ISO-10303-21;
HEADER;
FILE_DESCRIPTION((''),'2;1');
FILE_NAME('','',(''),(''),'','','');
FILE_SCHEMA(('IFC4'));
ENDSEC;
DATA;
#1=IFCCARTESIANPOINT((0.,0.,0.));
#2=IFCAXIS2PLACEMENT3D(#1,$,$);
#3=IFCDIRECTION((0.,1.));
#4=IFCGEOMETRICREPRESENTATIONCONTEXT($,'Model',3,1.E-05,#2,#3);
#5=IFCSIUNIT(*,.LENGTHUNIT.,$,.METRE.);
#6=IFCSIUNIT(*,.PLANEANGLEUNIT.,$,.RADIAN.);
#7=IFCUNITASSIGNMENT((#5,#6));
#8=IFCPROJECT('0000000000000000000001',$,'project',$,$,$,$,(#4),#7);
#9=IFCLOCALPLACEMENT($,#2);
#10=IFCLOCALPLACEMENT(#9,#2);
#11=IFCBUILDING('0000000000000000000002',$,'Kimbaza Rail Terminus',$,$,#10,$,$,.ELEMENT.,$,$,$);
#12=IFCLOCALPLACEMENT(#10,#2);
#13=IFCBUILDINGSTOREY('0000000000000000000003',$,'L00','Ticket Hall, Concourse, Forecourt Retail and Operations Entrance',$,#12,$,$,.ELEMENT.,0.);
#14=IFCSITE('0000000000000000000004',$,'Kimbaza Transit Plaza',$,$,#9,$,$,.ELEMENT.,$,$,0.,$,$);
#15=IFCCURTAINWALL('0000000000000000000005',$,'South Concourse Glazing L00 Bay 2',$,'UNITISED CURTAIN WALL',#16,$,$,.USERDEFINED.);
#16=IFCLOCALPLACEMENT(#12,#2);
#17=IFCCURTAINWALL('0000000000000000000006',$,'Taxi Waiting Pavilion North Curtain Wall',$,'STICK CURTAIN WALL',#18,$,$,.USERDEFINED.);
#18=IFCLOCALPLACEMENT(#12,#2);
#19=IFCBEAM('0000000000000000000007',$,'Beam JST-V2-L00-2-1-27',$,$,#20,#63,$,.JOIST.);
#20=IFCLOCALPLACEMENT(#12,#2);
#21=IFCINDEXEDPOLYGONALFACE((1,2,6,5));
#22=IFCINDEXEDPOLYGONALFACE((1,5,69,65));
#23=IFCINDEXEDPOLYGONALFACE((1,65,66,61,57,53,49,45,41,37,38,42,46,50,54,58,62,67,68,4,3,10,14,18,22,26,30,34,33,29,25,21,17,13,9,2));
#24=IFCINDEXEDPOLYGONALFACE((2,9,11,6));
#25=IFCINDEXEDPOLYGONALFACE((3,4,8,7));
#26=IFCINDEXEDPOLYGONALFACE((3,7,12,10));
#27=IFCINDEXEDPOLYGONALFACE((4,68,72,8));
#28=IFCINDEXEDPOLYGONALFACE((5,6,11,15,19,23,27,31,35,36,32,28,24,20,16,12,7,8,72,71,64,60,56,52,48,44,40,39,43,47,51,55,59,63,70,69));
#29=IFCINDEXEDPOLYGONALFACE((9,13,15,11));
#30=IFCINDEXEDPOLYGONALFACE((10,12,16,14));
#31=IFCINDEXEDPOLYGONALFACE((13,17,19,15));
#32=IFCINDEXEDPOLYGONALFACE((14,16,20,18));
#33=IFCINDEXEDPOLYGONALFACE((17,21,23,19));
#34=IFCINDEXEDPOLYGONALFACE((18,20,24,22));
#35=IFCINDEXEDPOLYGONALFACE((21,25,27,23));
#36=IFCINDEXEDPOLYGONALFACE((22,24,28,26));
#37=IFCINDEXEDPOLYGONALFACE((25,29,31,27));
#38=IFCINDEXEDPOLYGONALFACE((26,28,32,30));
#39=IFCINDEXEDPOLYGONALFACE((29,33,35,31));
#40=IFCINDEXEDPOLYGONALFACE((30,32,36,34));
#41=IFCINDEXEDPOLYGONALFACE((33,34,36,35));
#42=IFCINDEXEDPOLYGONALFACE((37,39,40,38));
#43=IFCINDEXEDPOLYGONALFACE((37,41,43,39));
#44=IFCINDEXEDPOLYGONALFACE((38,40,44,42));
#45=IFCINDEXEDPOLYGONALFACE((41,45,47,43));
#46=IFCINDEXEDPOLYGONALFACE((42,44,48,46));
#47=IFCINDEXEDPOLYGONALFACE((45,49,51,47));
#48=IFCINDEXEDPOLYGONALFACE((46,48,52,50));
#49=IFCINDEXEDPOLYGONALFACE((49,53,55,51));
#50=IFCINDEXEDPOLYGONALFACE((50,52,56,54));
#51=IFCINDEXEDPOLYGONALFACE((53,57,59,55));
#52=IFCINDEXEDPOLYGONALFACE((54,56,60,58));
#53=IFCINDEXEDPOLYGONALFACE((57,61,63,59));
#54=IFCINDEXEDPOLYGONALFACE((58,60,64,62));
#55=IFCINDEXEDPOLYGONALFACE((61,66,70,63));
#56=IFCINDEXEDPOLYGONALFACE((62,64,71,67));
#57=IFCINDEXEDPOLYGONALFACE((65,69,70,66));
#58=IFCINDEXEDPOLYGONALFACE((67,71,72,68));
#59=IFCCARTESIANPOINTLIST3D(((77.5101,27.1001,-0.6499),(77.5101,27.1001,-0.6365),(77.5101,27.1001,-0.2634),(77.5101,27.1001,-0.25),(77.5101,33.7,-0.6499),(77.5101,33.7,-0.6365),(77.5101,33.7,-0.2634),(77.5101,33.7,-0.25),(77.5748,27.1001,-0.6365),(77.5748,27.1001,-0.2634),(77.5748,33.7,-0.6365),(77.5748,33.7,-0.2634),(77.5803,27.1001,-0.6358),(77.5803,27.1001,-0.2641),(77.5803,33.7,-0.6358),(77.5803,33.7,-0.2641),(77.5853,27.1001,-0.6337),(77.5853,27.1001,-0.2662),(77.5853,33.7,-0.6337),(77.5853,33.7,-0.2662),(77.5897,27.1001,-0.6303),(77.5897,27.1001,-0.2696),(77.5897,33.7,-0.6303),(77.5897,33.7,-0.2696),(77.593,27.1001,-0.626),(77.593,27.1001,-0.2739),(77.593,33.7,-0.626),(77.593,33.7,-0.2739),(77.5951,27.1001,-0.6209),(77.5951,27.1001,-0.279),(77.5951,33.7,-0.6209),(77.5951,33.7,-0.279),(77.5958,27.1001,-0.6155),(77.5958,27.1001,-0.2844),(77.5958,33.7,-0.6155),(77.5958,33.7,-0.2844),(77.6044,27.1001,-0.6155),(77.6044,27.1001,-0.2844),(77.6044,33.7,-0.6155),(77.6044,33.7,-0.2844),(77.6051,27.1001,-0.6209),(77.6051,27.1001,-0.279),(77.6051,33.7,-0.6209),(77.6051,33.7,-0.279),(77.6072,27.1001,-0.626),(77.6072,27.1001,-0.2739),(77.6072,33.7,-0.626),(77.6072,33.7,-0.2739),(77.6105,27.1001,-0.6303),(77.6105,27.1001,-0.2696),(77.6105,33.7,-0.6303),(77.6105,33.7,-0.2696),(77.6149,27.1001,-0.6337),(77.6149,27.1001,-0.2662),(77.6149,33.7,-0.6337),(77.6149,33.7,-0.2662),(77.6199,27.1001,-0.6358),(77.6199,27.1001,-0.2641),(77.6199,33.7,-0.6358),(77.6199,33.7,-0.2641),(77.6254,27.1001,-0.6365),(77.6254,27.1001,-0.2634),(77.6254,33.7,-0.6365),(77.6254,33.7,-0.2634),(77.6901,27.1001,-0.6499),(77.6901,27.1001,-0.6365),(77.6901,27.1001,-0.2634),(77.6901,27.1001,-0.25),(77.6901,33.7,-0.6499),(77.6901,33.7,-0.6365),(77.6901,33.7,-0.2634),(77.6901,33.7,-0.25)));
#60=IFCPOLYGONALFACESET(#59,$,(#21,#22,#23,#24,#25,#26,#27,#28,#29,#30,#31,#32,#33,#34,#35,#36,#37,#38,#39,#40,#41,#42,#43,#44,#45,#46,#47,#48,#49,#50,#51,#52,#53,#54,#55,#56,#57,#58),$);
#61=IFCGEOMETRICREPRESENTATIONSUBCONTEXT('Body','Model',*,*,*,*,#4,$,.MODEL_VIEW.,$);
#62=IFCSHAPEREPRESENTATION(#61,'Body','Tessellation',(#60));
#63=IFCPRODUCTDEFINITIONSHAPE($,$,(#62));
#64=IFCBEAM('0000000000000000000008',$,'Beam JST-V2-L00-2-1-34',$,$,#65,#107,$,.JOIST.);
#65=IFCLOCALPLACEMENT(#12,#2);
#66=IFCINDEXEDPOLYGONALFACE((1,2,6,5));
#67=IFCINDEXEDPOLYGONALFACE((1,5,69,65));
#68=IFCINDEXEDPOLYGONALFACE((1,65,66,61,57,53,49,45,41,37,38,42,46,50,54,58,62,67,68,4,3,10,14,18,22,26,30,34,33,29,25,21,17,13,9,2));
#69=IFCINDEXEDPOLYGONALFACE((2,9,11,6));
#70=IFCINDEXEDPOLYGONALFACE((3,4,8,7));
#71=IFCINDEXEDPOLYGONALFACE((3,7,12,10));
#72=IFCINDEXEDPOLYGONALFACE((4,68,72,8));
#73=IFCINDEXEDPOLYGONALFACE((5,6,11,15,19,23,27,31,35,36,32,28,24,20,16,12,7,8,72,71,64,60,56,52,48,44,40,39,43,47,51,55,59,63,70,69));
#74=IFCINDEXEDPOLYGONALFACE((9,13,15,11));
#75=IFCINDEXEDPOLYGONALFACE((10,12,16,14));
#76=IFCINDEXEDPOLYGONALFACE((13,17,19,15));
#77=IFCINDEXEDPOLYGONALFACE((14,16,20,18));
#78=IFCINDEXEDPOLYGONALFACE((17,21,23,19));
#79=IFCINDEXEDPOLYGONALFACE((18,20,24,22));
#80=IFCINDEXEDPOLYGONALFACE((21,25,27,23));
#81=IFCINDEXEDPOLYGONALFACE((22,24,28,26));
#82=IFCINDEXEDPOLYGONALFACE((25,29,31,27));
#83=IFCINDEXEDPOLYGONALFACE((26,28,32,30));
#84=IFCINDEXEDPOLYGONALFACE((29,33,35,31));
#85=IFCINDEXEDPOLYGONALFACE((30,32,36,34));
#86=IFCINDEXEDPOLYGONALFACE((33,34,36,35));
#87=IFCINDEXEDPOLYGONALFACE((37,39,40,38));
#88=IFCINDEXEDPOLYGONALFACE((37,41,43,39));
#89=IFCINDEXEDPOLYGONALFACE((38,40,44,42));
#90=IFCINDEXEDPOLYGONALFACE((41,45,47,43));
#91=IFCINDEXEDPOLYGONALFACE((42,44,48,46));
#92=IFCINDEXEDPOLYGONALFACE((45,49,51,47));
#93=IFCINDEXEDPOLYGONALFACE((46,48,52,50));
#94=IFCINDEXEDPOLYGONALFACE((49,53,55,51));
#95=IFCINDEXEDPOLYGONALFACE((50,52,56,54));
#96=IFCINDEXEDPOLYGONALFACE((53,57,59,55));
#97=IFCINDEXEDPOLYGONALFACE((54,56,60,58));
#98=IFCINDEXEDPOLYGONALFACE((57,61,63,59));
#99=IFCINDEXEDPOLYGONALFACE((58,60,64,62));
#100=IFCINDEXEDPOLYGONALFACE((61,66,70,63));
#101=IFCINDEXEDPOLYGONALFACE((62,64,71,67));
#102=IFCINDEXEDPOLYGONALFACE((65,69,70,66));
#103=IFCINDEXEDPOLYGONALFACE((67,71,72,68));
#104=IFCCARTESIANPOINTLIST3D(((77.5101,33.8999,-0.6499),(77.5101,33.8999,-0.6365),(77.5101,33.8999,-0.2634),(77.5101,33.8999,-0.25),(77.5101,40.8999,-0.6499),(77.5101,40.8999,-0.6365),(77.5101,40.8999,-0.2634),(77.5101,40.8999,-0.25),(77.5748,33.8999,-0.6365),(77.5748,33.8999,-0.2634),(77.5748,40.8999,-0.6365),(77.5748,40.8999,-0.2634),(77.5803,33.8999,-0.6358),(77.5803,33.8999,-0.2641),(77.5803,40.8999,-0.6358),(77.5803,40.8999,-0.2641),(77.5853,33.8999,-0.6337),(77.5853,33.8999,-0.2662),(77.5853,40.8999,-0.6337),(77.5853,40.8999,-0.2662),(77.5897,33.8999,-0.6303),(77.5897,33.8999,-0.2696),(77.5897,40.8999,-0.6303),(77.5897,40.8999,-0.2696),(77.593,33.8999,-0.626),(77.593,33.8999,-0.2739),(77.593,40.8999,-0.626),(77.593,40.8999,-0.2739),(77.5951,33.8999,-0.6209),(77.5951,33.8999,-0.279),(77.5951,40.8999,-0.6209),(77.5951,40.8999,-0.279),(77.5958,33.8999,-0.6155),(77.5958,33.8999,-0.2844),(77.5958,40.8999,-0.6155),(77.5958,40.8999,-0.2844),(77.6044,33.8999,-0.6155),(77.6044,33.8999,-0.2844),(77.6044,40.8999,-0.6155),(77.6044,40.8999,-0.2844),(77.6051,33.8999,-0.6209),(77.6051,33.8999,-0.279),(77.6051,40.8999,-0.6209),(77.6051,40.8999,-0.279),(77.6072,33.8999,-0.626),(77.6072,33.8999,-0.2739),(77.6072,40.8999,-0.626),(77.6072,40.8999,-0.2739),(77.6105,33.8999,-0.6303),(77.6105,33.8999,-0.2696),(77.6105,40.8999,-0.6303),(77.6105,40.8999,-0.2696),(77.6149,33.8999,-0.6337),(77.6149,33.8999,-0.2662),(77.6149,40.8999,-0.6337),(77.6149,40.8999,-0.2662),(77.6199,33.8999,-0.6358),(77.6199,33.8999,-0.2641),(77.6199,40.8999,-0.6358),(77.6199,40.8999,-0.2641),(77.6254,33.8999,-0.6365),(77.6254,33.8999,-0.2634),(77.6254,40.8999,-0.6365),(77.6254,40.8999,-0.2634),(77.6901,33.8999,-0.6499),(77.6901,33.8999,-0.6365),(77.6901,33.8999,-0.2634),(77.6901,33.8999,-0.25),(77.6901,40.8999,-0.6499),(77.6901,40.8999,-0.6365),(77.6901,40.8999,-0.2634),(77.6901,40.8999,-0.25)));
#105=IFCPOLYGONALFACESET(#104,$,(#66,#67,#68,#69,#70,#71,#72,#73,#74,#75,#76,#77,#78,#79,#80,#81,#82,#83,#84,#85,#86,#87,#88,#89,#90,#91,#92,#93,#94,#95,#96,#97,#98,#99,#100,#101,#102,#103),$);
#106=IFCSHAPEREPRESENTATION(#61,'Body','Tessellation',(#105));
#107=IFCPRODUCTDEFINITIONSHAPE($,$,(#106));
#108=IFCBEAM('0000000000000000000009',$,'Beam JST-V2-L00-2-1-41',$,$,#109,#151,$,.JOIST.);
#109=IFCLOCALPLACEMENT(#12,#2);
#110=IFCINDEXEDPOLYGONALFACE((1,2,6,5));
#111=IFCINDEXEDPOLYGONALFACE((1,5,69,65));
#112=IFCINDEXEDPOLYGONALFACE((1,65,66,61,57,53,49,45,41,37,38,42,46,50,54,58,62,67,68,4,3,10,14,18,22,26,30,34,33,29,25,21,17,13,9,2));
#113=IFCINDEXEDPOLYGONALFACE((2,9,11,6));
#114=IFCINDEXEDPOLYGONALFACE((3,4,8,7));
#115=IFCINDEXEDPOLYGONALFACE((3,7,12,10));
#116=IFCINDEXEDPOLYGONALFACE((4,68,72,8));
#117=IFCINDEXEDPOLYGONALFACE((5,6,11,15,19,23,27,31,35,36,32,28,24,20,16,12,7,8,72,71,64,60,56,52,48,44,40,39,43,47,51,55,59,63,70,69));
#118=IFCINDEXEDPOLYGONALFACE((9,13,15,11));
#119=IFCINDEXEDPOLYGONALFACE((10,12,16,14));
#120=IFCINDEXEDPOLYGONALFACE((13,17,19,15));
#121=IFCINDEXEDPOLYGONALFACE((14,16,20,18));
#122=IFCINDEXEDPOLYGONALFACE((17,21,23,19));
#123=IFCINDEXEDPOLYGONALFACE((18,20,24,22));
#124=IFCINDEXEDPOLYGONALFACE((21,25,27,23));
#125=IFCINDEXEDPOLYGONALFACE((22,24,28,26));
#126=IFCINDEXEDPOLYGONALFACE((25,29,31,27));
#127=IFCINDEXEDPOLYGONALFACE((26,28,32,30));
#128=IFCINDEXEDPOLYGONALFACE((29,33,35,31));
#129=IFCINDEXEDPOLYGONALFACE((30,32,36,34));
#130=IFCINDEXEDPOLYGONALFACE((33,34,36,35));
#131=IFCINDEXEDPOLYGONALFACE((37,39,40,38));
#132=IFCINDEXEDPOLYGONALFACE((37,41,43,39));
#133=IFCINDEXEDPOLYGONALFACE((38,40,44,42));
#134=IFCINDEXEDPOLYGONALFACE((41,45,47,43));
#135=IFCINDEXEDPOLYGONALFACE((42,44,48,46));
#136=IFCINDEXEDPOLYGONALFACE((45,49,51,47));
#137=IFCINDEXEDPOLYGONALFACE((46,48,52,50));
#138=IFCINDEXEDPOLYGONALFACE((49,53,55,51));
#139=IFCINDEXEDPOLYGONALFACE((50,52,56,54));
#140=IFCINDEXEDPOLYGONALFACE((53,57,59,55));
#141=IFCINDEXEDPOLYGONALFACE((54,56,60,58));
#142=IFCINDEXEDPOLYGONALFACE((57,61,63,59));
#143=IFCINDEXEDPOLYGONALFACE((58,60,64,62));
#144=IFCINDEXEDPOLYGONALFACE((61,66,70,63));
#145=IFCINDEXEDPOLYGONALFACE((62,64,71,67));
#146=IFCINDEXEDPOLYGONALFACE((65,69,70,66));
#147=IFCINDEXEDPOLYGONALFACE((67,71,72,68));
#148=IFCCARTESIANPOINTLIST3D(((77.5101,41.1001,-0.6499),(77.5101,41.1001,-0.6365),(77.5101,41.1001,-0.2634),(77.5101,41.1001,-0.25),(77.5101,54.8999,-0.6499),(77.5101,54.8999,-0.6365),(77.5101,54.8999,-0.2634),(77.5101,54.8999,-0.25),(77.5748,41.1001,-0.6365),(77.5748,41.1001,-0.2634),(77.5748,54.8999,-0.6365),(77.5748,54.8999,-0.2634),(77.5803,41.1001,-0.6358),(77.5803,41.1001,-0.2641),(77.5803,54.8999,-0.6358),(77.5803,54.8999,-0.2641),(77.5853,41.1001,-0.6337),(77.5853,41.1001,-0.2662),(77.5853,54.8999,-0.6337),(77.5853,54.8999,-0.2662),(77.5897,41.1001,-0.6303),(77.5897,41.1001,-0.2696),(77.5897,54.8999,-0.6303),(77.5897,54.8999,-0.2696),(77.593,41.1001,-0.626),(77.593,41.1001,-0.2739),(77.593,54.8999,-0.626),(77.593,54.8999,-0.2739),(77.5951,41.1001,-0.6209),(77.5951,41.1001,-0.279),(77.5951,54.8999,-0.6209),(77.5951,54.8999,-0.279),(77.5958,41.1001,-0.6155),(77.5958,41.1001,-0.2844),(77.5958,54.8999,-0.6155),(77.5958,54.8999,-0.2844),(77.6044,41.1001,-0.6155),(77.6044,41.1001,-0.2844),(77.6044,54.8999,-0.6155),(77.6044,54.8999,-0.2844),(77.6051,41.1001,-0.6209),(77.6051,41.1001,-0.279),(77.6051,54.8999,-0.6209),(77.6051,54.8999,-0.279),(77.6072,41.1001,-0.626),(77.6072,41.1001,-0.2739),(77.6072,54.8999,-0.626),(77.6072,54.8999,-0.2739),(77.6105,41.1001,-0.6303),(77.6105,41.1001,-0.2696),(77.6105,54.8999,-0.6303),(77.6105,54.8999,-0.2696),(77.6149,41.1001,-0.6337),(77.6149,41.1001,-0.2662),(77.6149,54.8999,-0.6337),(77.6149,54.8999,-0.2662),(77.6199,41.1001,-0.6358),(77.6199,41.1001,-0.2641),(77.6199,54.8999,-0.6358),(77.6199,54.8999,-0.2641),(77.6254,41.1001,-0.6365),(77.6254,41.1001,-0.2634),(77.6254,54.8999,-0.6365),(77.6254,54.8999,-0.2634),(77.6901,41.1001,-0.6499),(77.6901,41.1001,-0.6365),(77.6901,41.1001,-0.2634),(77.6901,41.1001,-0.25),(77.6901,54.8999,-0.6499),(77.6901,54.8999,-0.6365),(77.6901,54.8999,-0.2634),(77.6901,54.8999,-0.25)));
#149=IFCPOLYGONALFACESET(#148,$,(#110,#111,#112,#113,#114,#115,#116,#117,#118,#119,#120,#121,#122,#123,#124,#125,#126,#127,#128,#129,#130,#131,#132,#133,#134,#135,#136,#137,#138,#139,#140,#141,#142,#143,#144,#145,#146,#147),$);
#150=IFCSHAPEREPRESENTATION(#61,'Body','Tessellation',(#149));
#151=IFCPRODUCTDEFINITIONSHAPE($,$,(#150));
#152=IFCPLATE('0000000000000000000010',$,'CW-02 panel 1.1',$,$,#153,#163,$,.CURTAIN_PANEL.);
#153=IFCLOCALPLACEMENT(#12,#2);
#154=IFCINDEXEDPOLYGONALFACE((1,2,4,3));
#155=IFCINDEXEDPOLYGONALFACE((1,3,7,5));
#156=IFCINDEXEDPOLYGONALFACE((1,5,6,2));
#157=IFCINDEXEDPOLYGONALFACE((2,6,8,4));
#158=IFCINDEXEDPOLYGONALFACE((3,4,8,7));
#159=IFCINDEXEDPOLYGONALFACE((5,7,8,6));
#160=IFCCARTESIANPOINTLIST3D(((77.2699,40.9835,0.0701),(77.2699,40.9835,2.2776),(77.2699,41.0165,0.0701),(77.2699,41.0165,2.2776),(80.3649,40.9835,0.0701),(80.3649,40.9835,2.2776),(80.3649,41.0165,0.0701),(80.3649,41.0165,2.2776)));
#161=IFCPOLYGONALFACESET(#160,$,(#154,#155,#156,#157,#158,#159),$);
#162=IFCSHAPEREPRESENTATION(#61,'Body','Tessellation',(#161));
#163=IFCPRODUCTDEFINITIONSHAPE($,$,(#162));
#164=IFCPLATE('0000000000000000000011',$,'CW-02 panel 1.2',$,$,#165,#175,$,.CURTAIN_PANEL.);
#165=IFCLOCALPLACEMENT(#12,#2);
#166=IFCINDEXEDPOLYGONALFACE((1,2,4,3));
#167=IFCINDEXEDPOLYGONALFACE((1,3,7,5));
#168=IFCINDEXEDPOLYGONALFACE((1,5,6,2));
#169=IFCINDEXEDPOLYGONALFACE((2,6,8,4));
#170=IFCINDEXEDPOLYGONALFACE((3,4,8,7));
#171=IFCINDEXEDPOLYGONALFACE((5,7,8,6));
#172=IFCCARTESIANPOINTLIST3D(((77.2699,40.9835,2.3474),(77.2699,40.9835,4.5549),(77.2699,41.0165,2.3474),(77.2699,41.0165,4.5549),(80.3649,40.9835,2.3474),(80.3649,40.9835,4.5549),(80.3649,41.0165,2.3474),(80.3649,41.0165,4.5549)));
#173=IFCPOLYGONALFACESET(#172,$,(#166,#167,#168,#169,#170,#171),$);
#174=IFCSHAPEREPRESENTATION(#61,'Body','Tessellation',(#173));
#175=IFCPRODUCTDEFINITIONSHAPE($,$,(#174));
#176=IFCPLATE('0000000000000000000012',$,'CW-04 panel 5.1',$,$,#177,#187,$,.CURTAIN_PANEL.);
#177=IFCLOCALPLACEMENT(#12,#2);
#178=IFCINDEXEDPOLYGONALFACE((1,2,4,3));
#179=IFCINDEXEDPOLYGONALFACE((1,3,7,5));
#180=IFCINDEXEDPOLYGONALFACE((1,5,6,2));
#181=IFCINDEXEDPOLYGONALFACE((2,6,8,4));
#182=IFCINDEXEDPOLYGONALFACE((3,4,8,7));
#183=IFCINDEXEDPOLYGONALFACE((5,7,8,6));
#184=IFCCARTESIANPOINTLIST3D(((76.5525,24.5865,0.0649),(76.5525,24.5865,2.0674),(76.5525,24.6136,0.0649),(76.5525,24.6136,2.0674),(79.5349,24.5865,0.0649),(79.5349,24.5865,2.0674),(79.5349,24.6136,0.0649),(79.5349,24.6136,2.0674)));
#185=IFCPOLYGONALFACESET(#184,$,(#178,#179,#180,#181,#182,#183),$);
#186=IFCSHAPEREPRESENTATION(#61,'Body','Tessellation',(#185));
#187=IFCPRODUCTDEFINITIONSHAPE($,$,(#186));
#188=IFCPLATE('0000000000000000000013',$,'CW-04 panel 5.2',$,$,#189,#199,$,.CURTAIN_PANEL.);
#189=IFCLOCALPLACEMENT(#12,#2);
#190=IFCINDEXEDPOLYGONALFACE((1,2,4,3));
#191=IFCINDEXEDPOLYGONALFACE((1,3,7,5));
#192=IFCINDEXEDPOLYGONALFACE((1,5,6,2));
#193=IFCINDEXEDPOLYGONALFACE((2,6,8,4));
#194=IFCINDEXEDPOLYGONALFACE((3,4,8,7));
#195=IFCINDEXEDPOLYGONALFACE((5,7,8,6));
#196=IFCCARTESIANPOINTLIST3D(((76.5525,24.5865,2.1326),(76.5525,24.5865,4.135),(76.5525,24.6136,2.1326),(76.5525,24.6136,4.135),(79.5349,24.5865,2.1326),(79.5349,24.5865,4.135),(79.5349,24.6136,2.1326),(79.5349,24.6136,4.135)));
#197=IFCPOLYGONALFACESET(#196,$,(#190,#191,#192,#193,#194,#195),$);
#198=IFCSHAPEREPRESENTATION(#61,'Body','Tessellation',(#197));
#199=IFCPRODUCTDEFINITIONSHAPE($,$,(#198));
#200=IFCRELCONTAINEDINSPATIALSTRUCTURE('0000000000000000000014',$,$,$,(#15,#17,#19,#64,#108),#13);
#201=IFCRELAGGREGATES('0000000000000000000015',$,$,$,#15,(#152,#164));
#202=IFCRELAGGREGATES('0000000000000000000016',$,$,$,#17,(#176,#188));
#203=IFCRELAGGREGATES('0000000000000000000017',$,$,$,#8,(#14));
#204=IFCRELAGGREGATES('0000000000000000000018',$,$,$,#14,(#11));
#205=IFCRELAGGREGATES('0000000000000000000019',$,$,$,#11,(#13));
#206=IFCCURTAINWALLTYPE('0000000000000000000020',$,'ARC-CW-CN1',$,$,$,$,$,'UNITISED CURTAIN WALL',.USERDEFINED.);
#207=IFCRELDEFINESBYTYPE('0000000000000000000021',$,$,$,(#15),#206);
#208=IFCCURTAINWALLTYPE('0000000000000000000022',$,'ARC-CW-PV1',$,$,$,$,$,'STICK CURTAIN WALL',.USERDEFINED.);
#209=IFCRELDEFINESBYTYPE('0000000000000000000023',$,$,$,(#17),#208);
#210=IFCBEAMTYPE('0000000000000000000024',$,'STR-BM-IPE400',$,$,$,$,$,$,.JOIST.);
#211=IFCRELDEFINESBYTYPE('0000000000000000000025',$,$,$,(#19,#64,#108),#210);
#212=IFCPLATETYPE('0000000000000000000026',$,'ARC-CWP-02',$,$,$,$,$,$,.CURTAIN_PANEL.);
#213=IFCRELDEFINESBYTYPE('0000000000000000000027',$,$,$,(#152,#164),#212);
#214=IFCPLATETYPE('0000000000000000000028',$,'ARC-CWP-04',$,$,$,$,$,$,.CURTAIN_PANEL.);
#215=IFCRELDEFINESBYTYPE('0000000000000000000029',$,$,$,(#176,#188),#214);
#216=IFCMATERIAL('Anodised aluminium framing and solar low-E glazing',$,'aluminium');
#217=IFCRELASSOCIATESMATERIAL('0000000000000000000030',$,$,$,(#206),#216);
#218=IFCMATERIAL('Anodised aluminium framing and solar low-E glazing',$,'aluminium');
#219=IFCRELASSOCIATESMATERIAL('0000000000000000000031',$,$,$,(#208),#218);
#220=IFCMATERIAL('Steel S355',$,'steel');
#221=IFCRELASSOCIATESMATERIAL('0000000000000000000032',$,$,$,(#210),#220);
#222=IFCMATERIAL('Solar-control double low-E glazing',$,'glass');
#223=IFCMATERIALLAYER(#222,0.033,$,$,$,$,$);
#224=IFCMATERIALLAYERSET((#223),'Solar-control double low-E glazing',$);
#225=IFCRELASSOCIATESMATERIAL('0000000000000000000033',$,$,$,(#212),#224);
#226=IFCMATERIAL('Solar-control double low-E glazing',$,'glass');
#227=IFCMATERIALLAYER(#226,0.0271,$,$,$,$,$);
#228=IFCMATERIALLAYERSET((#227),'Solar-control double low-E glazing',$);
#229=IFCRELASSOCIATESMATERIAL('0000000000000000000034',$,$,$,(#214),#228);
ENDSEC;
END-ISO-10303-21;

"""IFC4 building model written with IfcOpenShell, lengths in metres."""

from ifc_helpers import new_model, si_unit, direction, frame, origin, origin_2d, place, context, subcontext, project, spatial, rectangle, i_section, extrude, material, layer, layer_set, material_profile, profile_set, type_object, element, aggregate, save


model = new_model("IFC4")

# Units and contexts
model_context = context("Model", 3, precision=1e-05, world=origin(), true_north=direction((0.0, 1.0)))
body_context = subcontext(model_context, "Body", "Model", "MODEL_VIEW")
ifc_project = project(units=[si_unit("LENGTHUNIT", "METRE"), si_unit("PLANEANGLEUNIT", "RADIAN")], contexts=[model_context])

# Site, building, storey
site_placement = place(None, origin())
site = spatial("IfcSite", under=ifc_project, at=site_placement, Name="Kimbaza Transit Plaza", CompositionType="ELEMENT", RefElevation=0.0)
building_placement = place(site_placement, origin())
building = spatial("IfcBuilding", under=site, at=building_placement, Name="Kimbaza Rail Terminus", CompositionType="ELEMENT")
storey_placement = place(building_placement, origin())
storey = spatial("IfcBuildingStorey", under=building, at=storey_placement, Name="L00", Description="Ticket Hall, Concourse, Forecourt Retail and Operations Entrance", CompositionType="ELEMENT", Elevation=0.0)

# Curtain walls
ifc_material_1 = material(Name="Anodised aluminium framing and solar low-E glazing", Category="aluminium")
curtain_wall_type_1 = type_object("IfcCurtainWallType", Name="ARC-CW-CN1", ElementType="UNITISED CURTAIN WALL", PredefinedType="USERDEFINED", material=ifc_material_1)
curtain_wall_1_placement = place(storey_placement, origin())
curtain_wall_1 = element("IfcCurtainWall", 1, at=curtain_wall_1_placement, inside=storey, type_object=curtain_wall_type_1, Name="South Concourse Glazing L00 Bay 2", ObjectType="UNITISED CURTAIN WALL", PredefinedType="USERDEFINED")
ifc_material_2 = material(Name="Anodised aluminium framing and solar low-E glazing", Category="aluminium")
curtain_wall_type_2 = type_object("IfcCurtainWallType", Name="ARC-CW-PV1", ElementType="STICK CURTAIN WALL", PredefinedType="USERDEFINED", material=ifc_material_2)
curtain_wall_2_placement = place(storey_placement, origin())
curtain_wall_2 = element("IfcCurtainWall", 2, at=curtain_wall_2_placement, inside=storey, type_object=curtain_wall_type_2, Name="Taxi Waiting Pavilion North Curtain Wall", ObjectType="STICK CURTAIN WALL", PredefinedType="USERDEFINED")

# Beams
ifc_material_3 = material(Name="Steel S355", Category="steel")
ifc_material_profile_1 = material_profile(ifc_material_3, i_section(OverallWidth=0.1799, OverallDepth=0.3999, WebThickness=0.0085, FlangeThickness=0.0134, FilletRadius=0.021, at=origin_2d()), Name="IPE 400")
ifc_profile_set_1 = profile_set([ifc_material_profile_1], Name="Steel S355")
beam_type_1 = type_object("IfcBeamType", Name="STR-BM-IPE400", PredefinedType="JOIST", material=ifc_profile_set_1)
beam_1_placement = place(storey_placement, frame((77.6001, 27.1001, -0.45), z_axis=(0.0, 1.0, 0.0), x_axis=(-1.0, 0.0, 0.0)))
element("IfcBeam", 3, at=beam_1_placement, inside=storey, type_object=beam_type_1, Name="Beam JST-V2-L00-2-1-27", PredefinedType="JOIST", context=body_context, shape_type="SweptSolid", body=[
    extrude(i_section(OverallWidth=0.1799, OverallDepth=0.3999, WebThickness=0.0085, FlangeThickness=0.0134, FilletRadius=0.021, at=origin_2d()), origin(), (0.0, 0.0, 1.0), 6.5999),
])
beam_2_placement = place(storey_placement, frame((77.6001, 33.8999, -0.45), z_axis=(0.0, 1.0, 0.0), x_axis=(-1.0, 0.0, 0.0)))
element("IfcBeam", 4, at=beam_2_placement, inside=storey, type_object=beam_type_1, Name="Beam JST-V2-L00-2-1-34", PredefinedType="JOIST", context=body_context, shape_type="SweptSolid", body=[
    extrude(i_section(OverallWidth=0.1799, OverallDepth=0.3999, WebThickness=0.0085, FlangeThickness=0.0134, FilletRadius=0.021, at=origin_2d()), origin(), (0.0, 0.0, 1.0), 7.0),
])
beam_3_placement = place(storey_placement, frame((77.6001, 41.1001, -0.45), z_axis=(0.0, 1.0, 0.0), x_axis=(-1.0, 0.0, 0.0)))
element("IfcBeam", 5, at=beam_3_placement, inside=storey, type_object=beam_type_1, Name="Beam JST-V2-L00-2-1-41", PredefinedType="JOIST", context=body_context, shape_type="SweptSolid", body=[
    extrude(i_section(OverallWidth=0.1799, OverallDepth=0.3999, WebThickness=0.0085, FlangeThickness=0.0134, FilletRadius=0.021, at=origin_2d()), origin(), (0.0, 0.0, 1.0), 13.7998),
])

# Plates
ifc_material_4 = material(Name="Solar-control double low-E glazing", Category="glass")
ifc_layer_1 = layer(ifc_material_4, 0.033)
ifc_layer_set_1 = layer_set([ifc_layer_1], Name="Solar-control double low-E glazing")
plate_type_1 = type_object("IfcPlateType", Name="ARC-CWP-02", PredefinedType="CURTAIN_PANEL", material=ifc_layer_set_1)
plate_1_placement = place(storey_placement, frame((78.8174, 41.0, 0.0701), z_axis=(0.0, 0.0, 1.0), x_axis=(1.0, 0.0, 0.0)))
plate_1 = element("IfcPlate", 6, at=plate_1_placement, type_object=plate_type_1, Name="CW-02 panel 1.1", PredefinedType="CURTAIN_PANEL", context=body_context, shape_type="SweptSolid", body=[
    extrude(rectangle(XDim=3.095, YDim=0.033, at=origin_2d()), origin(), (0.0, 0.0, 1.0), 2.2075),
])
plate_2_placement = place(storey_placement, frame((78.8174, 41.0, 2.3474), z_axis=(0.0, 0.0, 1.0), x_axis=(1.0, 0.0, 0.0)))
plate_2 = element("IfcPlate", 7, at=plate_2_placement, type_object=plate_type_1, Name="CW-02 panel 1.2", PredefinedType="CURTAIN_PANEL", context=body_context, shape_type="SweptSolid", body=[
    extrude(rectangle(XDim=3.095, YDim=0.033, at=origin_2d()), origin(), (0.0, 0.0, 1.0), 2.2075),
])
aggregate(curtain_wall_1, [plate_1, plate_2])
ifc_material_5 = material(Name="Solar-control double low-E glazing", Category="glass")
ifc_layer_2 = layer(ifc_material_5, 0.0271)
ifc_layer_set_2 = layer_set([ifc_layer_2], Name="Solar-control double low-E glazing")
plate_type_2 = type_object("IfcPlateType", Name="ARC-CWP-04", PredefinedType="CURTAIN_PANEL", material=ifc_layer_set_2)
plate_3_placement = place(storey_placement, frame((78.0437, 24.6001, 0.0649), z_axis=(0.0, 0.0, 1.0), x_axis=(1.0, 0.0, 0.0)))
plate_3 = element("IfcPlate", 8, at=plate_3_placement, type_object=plate_type_2, Name="CW-04 panel 5.1", PredefinedType="CURTAIN_PANEL", context=body_context, shape_type="SweptSolid", body=[
    extrude(rectangle(XDim=2.9824, YDim=0.0271, at=origin_2d()), origin(), (0.0, 0.0, 1.0), 2.0024),
])
plate_4_placement = place(storey_placement, frame((78.0437, 24.6001, 2.1326), z_axis=(0.0, 0.0, 1.0), x_axis=(1.0, 0.0, 0.0)))
plate_4 = element("IfcPlate", 9, at=plate_4_placement, type_object=plate_type_2, Name="CW-04 panel 5.2", PredefinedType="CURTAIN_PANEL", context=body_context, shape_type="SweptSolid", body=[
    extrude(rectangle(XDim=2.9824, YDim=0.0271, at=origin_2d()), origin(), (0.0, 0.0, 1.0), 2.0024),
])
aggregate(curtain_wall_2, [plate_3, plate_4])

save(model, "model.ifc")
